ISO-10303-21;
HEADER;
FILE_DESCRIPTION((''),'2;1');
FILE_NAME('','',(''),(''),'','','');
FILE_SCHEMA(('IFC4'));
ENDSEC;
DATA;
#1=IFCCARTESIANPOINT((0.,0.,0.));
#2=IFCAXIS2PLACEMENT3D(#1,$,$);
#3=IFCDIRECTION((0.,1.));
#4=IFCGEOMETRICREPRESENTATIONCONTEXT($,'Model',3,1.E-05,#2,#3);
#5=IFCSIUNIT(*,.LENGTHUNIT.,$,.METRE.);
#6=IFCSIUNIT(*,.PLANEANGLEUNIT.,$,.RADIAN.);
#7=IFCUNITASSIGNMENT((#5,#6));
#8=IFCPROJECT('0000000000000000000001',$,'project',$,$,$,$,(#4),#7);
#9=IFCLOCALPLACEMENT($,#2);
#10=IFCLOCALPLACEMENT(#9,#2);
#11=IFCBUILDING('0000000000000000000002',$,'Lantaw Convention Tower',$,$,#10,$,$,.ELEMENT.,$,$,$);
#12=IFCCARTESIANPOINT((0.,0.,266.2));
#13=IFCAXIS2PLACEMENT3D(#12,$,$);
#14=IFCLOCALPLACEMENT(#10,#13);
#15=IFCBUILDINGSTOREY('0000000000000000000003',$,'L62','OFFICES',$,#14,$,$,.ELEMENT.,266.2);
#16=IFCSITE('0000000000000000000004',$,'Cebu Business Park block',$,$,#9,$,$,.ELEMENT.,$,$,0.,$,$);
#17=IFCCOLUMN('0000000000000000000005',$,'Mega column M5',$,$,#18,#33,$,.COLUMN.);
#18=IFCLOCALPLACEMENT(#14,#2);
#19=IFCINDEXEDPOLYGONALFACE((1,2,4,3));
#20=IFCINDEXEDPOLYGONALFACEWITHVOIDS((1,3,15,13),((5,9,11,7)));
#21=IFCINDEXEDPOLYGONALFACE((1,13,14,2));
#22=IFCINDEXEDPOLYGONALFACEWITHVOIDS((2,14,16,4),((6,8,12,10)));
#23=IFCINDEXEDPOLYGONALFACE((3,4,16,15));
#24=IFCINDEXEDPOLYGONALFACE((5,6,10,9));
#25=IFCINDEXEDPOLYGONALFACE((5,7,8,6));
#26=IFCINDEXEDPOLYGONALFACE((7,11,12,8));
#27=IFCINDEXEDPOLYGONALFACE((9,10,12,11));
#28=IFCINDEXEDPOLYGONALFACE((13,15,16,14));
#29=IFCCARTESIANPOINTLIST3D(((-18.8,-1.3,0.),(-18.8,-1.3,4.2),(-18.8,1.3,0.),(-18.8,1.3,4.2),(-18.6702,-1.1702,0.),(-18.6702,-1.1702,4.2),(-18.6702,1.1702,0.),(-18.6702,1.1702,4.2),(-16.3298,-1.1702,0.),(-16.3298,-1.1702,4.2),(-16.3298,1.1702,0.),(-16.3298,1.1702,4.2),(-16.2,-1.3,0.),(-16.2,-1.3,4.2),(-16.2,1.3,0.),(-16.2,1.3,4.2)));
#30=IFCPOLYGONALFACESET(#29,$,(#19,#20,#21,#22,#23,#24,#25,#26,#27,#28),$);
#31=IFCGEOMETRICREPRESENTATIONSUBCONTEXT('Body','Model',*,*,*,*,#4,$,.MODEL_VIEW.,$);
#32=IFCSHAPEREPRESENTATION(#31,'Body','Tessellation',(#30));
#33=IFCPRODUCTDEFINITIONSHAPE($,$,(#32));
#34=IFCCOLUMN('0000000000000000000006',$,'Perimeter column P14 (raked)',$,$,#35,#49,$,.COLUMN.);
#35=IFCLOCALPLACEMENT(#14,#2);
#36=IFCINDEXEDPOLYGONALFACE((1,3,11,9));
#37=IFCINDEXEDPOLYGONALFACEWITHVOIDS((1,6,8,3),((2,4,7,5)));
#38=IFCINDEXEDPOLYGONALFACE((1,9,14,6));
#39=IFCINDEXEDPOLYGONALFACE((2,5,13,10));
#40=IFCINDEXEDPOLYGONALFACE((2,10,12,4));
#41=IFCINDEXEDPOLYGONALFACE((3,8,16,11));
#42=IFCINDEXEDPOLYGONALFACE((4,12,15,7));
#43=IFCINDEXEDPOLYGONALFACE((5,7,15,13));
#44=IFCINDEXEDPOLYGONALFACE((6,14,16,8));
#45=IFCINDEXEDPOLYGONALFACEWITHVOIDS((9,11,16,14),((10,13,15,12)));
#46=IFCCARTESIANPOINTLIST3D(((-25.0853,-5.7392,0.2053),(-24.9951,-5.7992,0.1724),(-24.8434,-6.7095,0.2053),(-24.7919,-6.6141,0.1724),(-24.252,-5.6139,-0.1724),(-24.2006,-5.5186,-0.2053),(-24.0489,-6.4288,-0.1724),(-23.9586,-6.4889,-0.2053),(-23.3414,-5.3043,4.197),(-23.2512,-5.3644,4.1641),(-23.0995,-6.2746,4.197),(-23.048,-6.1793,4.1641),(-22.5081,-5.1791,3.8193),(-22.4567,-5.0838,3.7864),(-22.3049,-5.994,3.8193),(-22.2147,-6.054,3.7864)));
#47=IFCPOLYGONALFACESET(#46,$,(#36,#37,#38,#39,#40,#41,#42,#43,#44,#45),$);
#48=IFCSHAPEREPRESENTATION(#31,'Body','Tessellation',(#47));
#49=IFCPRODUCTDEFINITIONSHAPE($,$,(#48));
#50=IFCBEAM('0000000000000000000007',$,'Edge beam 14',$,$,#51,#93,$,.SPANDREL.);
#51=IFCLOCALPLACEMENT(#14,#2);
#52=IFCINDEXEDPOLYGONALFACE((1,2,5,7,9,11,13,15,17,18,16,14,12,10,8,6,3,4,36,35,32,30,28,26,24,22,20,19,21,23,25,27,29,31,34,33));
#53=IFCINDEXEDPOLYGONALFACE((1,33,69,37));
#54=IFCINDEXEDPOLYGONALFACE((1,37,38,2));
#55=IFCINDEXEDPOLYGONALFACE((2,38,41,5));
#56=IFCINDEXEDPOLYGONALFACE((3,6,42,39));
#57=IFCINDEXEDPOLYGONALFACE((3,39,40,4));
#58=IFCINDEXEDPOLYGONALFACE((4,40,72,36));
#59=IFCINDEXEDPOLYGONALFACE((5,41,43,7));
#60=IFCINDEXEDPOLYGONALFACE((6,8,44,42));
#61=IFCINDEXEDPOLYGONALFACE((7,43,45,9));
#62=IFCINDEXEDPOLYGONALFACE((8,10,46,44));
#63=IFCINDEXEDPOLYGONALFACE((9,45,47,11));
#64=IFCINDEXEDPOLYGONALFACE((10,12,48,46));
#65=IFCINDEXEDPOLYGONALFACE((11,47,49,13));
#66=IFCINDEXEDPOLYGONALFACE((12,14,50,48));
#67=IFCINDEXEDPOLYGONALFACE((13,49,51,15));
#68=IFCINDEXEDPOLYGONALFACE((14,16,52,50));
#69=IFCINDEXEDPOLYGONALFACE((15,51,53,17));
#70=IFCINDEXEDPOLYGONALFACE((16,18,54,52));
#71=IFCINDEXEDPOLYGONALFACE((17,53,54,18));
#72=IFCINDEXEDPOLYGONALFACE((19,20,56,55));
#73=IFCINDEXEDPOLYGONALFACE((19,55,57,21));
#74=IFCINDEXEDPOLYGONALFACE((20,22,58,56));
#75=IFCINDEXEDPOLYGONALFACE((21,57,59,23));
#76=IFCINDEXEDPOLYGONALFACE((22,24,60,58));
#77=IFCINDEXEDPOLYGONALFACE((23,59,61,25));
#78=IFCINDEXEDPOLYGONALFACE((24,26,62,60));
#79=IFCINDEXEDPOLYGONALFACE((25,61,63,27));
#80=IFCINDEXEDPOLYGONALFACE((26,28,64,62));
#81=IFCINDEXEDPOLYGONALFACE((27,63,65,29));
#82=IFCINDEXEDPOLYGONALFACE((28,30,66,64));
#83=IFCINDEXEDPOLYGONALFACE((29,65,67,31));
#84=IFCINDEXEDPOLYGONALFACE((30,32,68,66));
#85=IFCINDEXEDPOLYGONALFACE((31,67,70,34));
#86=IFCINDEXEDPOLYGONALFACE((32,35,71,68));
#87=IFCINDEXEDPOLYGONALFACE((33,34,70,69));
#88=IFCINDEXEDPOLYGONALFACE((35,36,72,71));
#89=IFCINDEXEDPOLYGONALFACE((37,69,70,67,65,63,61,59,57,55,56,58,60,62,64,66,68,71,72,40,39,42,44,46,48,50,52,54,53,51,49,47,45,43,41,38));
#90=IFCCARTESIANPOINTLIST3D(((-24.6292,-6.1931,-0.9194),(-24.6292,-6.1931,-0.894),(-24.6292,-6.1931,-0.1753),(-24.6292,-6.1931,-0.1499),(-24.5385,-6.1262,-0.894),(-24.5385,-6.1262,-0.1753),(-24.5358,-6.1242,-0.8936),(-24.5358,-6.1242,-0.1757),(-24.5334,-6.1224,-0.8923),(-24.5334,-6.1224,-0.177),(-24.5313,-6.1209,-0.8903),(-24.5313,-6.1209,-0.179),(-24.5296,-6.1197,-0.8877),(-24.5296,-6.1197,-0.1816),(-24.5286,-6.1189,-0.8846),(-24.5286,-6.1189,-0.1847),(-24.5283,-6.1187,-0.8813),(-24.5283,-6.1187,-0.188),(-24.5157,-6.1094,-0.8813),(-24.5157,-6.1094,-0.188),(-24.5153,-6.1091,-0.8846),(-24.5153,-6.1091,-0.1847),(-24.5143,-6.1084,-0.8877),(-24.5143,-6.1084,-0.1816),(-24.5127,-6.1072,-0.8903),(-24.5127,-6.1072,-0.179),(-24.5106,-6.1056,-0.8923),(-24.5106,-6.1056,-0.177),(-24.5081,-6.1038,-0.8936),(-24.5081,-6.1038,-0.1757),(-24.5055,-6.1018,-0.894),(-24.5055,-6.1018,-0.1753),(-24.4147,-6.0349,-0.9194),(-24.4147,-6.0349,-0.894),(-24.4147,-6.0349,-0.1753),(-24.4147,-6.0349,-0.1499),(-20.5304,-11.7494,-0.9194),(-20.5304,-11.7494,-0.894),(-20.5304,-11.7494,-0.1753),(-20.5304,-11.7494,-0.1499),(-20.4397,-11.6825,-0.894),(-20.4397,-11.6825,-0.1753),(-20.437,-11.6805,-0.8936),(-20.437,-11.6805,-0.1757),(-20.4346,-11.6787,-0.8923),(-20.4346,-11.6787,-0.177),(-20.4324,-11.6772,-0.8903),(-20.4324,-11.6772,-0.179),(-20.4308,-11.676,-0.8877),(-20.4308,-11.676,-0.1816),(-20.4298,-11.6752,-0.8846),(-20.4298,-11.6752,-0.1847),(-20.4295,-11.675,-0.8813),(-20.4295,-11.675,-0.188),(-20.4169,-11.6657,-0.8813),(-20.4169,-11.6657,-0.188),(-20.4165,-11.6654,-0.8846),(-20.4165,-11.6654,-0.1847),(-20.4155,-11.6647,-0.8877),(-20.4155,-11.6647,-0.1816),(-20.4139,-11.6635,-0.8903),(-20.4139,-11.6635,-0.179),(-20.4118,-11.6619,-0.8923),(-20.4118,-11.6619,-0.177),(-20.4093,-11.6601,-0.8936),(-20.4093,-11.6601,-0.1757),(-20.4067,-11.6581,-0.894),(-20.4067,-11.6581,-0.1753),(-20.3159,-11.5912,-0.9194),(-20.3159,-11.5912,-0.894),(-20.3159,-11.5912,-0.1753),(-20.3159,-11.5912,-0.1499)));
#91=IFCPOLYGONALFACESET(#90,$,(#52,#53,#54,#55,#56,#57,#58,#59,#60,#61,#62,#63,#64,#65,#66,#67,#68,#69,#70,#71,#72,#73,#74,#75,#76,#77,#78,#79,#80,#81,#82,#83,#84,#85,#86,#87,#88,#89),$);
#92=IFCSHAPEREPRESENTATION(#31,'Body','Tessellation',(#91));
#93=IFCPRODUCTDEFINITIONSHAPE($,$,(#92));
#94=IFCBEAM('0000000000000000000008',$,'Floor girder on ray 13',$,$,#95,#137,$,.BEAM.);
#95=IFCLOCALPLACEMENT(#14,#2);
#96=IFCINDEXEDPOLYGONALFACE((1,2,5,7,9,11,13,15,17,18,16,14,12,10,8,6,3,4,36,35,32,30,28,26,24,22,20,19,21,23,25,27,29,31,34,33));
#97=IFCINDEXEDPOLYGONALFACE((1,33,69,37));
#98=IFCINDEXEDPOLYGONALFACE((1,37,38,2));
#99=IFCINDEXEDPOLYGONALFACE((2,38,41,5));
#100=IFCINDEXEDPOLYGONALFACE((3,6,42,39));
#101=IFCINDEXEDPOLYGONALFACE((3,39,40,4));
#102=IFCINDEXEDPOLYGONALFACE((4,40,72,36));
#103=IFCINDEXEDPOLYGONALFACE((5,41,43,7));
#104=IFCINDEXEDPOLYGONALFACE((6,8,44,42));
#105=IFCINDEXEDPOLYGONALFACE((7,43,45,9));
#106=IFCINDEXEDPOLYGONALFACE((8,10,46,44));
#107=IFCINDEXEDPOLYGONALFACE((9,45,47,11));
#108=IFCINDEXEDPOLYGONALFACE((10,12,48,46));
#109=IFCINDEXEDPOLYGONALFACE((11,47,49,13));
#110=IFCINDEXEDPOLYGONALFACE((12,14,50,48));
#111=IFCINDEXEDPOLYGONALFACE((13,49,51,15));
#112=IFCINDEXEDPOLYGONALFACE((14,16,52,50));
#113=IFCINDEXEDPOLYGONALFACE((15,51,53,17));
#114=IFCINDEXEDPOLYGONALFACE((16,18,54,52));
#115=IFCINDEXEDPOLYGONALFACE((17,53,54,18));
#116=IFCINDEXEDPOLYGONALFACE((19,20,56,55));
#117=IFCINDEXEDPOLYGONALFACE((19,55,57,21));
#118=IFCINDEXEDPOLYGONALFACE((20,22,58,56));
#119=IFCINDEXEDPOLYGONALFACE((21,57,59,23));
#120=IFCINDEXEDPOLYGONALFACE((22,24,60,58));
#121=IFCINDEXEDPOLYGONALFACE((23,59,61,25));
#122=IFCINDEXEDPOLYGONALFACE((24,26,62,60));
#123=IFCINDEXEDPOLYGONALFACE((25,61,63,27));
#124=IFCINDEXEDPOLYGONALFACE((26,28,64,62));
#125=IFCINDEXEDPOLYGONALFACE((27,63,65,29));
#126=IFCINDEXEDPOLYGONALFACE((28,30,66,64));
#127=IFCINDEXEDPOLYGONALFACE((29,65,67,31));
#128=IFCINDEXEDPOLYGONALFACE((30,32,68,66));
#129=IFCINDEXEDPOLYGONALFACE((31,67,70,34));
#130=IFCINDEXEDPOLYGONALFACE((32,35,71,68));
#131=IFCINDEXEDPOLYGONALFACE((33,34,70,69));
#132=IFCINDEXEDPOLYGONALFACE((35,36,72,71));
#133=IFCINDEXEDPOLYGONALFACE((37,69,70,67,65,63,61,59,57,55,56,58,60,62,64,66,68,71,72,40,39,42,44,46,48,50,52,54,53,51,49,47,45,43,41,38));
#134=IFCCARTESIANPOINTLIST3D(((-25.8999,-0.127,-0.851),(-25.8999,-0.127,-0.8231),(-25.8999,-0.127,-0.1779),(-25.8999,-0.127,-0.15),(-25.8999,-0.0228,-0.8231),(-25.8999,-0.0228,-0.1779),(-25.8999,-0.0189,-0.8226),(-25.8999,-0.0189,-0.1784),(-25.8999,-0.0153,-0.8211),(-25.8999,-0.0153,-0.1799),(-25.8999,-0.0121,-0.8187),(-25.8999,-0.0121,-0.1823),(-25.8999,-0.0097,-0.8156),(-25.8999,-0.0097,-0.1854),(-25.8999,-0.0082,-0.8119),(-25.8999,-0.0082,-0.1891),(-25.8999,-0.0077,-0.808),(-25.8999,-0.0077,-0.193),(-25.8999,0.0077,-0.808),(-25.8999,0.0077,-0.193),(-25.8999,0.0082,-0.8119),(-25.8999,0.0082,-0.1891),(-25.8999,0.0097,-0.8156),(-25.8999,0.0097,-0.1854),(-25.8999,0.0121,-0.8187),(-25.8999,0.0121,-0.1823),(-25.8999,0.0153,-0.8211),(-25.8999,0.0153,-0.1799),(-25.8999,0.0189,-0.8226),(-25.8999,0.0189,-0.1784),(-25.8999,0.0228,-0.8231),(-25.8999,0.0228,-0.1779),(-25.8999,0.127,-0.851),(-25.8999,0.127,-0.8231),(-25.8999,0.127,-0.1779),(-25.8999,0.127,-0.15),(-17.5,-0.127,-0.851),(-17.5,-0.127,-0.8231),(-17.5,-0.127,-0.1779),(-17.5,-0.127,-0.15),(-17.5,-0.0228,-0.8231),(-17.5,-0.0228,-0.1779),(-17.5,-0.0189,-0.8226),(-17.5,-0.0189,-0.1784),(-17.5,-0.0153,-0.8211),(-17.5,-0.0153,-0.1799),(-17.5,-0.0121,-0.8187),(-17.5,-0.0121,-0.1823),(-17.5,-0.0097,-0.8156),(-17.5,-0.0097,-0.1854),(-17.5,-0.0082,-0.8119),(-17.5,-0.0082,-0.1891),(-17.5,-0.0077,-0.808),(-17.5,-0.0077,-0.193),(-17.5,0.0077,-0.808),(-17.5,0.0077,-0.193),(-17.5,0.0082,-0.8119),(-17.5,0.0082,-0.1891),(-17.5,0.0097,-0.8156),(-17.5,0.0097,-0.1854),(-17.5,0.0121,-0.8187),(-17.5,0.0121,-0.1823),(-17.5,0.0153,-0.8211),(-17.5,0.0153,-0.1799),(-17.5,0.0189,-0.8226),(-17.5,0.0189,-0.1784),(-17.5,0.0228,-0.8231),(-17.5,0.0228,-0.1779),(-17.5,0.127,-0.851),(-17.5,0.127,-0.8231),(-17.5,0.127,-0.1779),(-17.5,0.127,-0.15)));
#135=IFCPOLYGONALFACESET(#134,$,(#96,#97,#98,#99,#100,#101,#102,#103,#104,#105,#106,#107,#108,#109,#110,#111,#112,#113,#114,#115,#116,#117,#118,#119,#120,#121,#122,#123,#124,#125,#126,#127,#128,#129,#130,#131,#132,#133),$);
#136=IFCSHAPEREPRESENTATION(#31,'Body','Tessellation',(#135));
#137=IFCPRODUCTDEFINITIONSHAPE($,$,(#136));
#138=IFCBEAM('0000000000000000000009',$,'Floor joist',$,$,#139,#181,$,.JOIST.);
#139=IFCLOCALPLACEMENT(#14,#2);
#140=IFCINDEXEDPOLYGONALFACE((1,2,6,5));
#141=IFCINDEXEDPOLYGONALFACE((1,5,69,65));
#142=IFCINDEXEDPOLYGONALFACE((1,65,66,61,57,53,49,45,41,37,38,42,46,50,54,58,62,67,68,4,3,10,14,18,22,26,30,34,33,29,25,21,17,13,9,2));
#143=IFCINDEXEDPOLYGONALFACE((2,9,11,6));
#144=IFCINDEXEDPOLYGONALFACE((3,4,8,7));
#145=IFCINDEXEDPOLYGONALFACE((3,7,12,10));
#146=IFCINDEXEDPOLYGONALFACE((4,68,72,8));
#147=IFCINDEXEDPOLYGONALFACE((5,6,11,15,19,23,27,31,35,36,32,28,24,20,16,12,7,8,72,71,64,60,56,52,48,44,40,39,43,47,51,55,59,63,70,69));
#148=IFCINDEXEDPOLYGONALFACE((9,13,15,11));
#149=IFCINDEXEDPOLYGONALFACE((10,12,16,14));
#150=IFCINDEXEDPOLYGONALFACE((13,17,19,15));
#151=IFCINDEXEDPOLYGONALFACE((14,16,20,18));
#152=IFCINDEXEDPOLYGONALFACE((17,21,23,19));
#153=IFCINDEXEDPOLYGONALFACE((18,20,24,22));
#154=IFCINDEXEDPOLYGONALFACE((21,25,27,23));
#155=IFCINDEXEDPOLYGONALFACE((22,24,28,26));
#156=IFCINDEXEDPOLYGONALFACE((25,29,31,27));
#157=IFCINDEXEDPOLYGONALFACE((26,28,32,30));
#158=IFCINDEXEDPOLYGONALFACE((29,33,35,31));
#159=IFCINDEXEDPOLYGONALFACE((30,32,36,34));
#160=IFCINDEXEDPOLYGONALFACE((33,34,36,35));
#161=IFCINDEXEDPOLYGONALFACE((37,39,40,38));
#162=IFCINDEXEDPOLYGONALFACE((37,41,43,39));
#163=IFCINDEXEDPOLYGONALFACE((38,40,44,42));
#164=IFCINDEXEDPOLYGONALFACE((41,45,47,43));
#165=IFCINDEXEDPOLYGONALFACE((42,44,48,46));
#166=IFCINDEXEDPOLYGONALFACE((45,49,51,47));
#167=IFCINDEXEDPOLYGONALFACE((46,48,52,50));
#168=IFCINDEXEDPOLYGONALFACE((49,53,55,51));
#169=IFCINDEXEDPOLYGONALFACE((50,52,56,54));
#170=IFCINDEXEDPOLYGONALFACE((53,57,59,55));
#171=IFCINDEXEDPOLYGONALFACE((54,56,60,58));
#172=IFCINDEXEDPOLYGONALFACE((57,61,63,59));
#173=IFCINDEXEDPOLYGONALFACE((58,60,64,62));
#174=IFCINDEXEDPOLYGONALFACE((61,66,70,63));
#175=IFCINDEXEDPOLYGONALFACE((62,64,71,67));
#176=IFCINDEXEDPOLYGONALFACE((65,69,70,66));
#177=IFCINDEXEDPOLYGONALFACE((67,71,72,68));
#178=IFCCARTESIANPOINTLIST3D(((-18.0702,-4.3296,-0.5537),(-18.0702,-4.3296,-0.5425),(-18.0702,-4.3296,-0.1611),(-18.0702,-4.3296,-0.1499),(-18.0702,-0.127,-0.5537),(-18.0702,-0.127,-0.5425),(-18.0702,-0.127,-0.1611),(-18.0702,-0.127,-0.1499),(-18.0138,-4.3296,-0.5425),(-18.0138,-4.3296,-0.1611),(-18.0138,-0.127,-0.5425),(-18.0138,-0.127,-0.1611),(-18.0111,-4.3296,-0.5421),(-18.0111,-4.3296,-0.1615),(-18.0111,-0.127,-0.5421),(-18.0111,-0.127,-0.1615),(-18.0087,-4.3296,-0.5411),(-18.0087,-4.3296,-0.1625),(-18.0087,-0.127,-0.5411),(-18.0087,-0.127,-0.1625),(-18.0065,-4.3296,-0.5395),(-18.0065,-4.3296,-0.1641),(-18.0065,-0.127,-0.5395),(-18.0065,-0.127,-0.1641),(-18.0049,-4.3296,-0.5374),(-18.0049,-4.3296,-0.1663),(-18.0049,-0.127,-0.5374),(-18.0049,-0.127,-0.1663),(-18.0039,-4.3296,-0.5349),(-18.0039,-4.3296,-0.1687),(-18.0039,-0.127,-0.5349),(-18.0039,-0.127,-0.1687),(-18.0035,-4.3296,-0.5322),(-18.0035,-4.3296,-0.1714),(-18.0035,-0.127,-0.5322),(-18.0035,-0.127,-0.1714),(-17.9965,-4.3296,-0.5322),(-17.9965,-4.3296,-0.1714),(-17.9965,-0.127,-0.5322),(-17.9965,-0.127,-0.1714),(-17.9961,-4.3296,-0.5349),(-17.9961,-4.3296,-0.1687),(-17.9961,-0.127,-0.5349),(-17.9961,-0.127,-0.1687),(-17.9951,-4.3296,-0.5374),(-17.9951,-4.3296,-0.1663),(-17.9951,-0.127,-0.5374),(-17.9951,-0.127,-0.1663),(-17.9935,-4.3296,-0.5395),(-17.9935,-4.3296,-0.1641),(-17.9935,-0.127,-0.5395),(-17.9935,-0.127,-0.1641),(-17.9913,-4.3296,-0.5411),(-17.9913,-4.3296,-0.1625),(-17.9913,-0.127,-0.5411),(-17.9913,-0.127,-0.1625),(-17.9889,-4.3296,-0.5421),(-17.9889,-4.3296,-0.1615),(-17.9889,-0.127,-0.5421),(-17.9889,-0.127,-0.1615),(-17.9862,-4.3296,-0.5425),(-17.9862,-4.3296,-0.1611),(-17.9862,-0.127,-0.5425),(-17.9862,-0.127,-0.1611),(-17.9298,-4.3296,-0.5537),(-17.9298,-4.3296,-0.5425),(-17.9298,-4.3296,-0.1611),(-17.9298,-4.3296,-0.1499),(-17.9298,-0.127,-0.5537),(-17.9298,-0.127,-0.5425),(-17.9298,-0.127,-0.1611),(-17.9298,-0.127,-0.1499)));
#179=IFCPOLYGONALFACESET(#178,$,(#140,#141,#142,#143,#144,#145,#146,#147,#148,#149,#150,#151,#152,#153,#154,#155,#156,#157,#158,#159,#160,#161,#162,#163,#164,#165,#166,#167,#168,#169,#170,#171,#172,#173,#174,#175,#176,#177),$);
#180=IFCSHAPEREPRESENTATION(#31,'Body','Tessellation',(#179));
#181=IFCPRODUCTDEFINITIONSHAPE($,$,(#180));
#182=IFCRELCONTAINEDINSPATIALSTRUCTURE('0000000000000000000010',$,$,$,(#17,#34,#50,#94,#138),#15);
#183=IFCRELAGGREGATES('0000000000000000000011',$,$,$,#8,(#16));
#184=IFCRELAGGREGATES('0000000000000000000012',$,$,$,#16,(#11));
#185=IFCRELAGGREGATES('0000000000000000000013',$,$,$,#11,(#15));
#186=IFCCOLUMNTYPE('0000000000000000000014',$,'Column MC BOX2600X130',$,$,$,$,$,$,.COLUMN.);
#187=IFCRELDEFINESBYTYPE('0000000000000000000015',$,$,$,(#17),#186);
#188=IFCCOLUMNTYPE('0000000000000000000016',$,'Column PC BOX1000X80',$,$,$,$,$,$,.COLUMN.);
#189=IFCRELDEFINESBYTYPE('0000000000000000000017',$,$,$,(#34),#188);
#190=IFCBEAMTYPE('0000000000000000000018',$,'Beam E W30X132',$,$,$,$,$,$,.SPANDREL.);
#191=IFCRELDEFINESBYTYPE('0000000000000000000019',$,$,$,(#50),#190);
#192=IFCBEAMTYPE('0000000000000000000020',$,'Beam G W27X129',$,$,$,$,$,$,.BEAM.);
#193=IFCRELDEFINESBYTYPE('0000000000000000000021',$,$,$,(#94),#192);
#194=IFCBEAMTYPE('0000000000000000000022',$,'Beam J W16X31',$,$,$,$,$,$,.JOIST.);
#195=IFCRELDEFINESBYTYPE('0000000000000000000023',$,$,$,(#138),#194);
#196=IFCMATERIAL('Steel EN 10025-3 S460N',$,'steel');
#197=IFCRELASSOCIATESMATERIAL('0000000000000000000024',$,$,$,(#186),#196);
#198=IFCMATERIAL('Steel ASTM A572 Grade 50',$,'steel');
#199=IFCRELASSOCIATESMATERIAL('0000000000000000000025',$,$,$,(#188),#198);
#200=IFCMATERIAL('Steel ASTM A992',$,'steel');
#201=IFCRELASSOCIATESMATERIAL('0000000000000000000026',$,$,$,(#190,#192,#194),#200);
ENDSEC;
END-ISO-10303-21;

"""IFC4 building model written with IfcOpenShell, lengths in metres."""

from ifc_helpers import new_model, si_unit, direction, frame, origin, origin_2d, place, context, subcontext, project, spatial, rectangle, hollow_rectangle, i_section, extrude, material, material_profile, profile_set, type_object, element, save


model = new_model("IFC4")

# Units and contexts
model_context = context("Model", 3, precision=1e-05, world=origin(), true_north=direction((0.0, 1.0)))
body_context = subcontext(model_context, "Body", "Model", "MODEL_VIEW")
ifc_project = project(units=[si_unit("LENGTHUNIT", "METRE"), si_unit("PLANEANGLEUNIT", "RADIAN")], contexts=[model_context])

# Site, building, storey
site_placement = place(None, origin())
site = spatial("IfcSite", under=ifc_project, at=site_placement, Name="Cebu Business Park block", CompositionType="ELEMENT", RefElevation=0.0)
building_placement = place(site_placement, origin())
building = spatial("IfcBuilding", under=site, at=building_placement, Name="Lantaw Convention Tower", CompositionType="ELEMENT")
storey_placement = place(building_placement, frame((0.0, 0.0, 266.2)))
storey = spatial("IfcBuildingStorey", under=building, at=storey_placement, Name="L62", Description="OFFICES", CompositionType="ELEMENT", Elevation=266.2)

# Columns
ifc_material_1 = material(Name="Steel EN 10025-3 S460N", Category="steel")
ifc_material_profile_1 = material_profile(ifc_material_1, hollow_rectangle(XDim=2.6001, YDim=2.6001, WallThickness=0.1299, at=origin_2d()), Name="BOX2600X130")
ifc_material_2 = material(Name="Concrete C60/75", Category="concrete")
ifc_material_profile_2 = material_profile(ifc_material_2, rectangle(XDim=2.3401, YDim=2.3401, at=origin_2d()), Name="Concrete fill of BOX2600X130")
ifc_profile_set_1 = profile_set([ifc_material_profile_1, ifc_material_profile_2], Name="Steel EN 10025-3 S460N")
column_type_1 = type_object("IfcColumnType", Name="Column MC BOX2600X130", PredefinedType="COLUMN", material=ifc_profile_set_1)
column_1_placement = place(storey_placement, frame((-17.5, 0.0, 0.0), z_axis=(0.0, 0.0, 1.0), x_axis=(1.0, 0.0, 0.0)))
element("IfcColumn", 1, at=column_1_placement, inside=storey, type_object=column_type_1, Name="Mega column M5", PredefinedType="COLUMN", context=body_context, shape_type="SweptSolid", body=[
    extrude(hollow_rectangle(XDim=2.6001, YDim=2.6001, WallThickness=0.1299, at=origin_2d()), origin(), (0.0, 0.0, 1.0), 4.2),
])
ifc_material_3 = material(Name="Steel ASTM A572 Grade 50", Category="steel")
ifc_material_profile_3 = material_profile(ifc_material_3, hollow_rectangle(XDim=1.0, YDim=1.0, WallThickness=0.0801, at=origin_2d()), Name="BOX1000X80")
ifc_material_profile_4 = material_profile(ifc_material_2, rectangle(XDim=0.8401, YDim=0.8401, at=origin_2d()), Name="Concrete fill of BOX1000X80")
ifc_profile_set_2 = profile_set([ifc_material_profile_3, ifc_material_profile_4], Name="Steel ASTM A572 Grade 50")
column_type_2 = type_object("IfcColumnType", Name="Column PC BOX1000X80", PredefinedType="COLUMN", material=ifc_profile_set_2)
column_2_placement = place(storey_placement, frame((-24.522, -6.114, 0.0), z_axis=(0.398363, 0.099326, 0.911834), x_axis=(-0.241928, 0.970294, 0.0)))
element("IfcColumn", 2, at=column_2_placement, inside=storey, type_object=column_type_2, Name="Perimeter column P14 (raked)", PredefinedType="COLUMN", context=body_context, shape_type="SweptSolid", body=[
    extrude(hollow_rectangle(XDim=1.0, YDim=1.0, WallThickness=0.0801, at=origin_2d()), origin(), (0.0, 0.0, 1.0), 4.3777),
])

# Beams
ifc_material_4 = material(Name="Steel ASTM A992", Category="steel")
ifc_material_profile_5 = material_profile(ifc_material_4, i_section(OverallWidth=0.2666, OverallDepth=0.7695, WebThickness=0.0156, FlangeThickness=0.0254, FilletRadius=0.0127, at=origin_2d()), Name="W30X132")
ifc_profile_set_3 = profile_set([ifc_material_profile_5], Name="Steel ASTM A992")
beam_type_1 = type_object("IfcBeamType", Name="Beam E W30X132", PredefinedType="SPANDREL", material=ifc_profile_set_3)
beam_1_placement = place(storey_placement, frame((-24.522, -6.114, -0.5347), z_axis=(0.593639, -0.804731, 0.0), x_axis=(0.804731, 0.593639, 0.0)))
element("IfcBeam", 3, at=beam_1_placement, inside=storey, type_object=beam_type_1, Name="Edge beam 14", PredefinedType="SPANDREL", context=body_context, shape_type="SweptSolid", body=[
    extrude(i_section(OverallWidth=0.2666, OverallDepth=0.7695, WebThickness=0.0156, FlangeThickness=0.0254, FilletRadius=0.0127, at=origin_2d()), origin(), (0.0, 0.0, 1.0), 6.9045),
])
ifc_material_profile_6 = material_profile(ifc_material_4, i_section(OverallWidth=0.2539, OverallDepth=0.7009, WebThickness=0.0154, FlangeThickness=0.0278, FilletRadius=0.0151, at=origin_2d()), Name="W27X129")
ifc_profile_set_4 = profile_set([ifc_material_profile_6], Name="Steel ASTM A992")
beam_type_2 = type_object("IfcBeamType", Name="Beam G W27X129", PredefinedType="BEAM", material=ifc_profile_set_4)
beam_2_placement = place(storey_placement, frame((-17.5, 0.0, -0.5005), z_axis=(-1.0, 0.0, 0.0), x_axis=(0.0, -1.0, 0.0)))
element("IfcBeam", 4, at=beam_2_placement, inside=storey, type_object=beam_type_2, Name="Floor girder on ray 13", PredefinedType="BEAM", context=body_context, shape_type="SweptSolid", body=[
    extrude(i_section(OverallWidth=0.2539, OverallDepth=0.7009, WebThickness=0.0154, FlangeThickness=0.0278, FilletRadius=0.0151, at=origin_2d()), origin(), (0.0, 0.0, 1.0), 8.3999),
])
ifc_material_profile_7 = material_profile(ifc_material_4, i_section(OverallWidth=0.1404, OverallDepth=0.4038, WebThickness=0.0071, FlangeThickness=0.0112, FilletRadius=0.0103, at=origin_2d()), Name="W16X31")
ifc_profile_set_5 = profile_set([ifc_material_profile_7], Name="Steel ASTM A992")
beam_type_3 = type_object("IfcBeamType", Name="Beam J W16X31", PredefinedType="JOIST", material=ifc_profile_set_5)
beam_3_placement = place(storey_placement, frame((-18.0, -4.3296, -0.3518), z_axis=(0.0, 1.0, 0.0), x_axis=(-1.0, 0.0, 0.0)))
element("IfcBeam", 5, at=beam_3_placement, inside=storey, type_object=beam_type_3, Name="Floor joist", PredefinedType="JOIST", context=body_context, shape_type="SweptSolid", body=[
    extrude(i_section(OverallWidth=0.1404, OverallDepth=0.4038, WebThickness=0.0071, FlangeThickness=0.0112, FilletRadius=0.0103, at=origin_2d()), origin(), (0.0, 0.0, 1.0), 4.2026),
])

save(model, "model.ifc")
